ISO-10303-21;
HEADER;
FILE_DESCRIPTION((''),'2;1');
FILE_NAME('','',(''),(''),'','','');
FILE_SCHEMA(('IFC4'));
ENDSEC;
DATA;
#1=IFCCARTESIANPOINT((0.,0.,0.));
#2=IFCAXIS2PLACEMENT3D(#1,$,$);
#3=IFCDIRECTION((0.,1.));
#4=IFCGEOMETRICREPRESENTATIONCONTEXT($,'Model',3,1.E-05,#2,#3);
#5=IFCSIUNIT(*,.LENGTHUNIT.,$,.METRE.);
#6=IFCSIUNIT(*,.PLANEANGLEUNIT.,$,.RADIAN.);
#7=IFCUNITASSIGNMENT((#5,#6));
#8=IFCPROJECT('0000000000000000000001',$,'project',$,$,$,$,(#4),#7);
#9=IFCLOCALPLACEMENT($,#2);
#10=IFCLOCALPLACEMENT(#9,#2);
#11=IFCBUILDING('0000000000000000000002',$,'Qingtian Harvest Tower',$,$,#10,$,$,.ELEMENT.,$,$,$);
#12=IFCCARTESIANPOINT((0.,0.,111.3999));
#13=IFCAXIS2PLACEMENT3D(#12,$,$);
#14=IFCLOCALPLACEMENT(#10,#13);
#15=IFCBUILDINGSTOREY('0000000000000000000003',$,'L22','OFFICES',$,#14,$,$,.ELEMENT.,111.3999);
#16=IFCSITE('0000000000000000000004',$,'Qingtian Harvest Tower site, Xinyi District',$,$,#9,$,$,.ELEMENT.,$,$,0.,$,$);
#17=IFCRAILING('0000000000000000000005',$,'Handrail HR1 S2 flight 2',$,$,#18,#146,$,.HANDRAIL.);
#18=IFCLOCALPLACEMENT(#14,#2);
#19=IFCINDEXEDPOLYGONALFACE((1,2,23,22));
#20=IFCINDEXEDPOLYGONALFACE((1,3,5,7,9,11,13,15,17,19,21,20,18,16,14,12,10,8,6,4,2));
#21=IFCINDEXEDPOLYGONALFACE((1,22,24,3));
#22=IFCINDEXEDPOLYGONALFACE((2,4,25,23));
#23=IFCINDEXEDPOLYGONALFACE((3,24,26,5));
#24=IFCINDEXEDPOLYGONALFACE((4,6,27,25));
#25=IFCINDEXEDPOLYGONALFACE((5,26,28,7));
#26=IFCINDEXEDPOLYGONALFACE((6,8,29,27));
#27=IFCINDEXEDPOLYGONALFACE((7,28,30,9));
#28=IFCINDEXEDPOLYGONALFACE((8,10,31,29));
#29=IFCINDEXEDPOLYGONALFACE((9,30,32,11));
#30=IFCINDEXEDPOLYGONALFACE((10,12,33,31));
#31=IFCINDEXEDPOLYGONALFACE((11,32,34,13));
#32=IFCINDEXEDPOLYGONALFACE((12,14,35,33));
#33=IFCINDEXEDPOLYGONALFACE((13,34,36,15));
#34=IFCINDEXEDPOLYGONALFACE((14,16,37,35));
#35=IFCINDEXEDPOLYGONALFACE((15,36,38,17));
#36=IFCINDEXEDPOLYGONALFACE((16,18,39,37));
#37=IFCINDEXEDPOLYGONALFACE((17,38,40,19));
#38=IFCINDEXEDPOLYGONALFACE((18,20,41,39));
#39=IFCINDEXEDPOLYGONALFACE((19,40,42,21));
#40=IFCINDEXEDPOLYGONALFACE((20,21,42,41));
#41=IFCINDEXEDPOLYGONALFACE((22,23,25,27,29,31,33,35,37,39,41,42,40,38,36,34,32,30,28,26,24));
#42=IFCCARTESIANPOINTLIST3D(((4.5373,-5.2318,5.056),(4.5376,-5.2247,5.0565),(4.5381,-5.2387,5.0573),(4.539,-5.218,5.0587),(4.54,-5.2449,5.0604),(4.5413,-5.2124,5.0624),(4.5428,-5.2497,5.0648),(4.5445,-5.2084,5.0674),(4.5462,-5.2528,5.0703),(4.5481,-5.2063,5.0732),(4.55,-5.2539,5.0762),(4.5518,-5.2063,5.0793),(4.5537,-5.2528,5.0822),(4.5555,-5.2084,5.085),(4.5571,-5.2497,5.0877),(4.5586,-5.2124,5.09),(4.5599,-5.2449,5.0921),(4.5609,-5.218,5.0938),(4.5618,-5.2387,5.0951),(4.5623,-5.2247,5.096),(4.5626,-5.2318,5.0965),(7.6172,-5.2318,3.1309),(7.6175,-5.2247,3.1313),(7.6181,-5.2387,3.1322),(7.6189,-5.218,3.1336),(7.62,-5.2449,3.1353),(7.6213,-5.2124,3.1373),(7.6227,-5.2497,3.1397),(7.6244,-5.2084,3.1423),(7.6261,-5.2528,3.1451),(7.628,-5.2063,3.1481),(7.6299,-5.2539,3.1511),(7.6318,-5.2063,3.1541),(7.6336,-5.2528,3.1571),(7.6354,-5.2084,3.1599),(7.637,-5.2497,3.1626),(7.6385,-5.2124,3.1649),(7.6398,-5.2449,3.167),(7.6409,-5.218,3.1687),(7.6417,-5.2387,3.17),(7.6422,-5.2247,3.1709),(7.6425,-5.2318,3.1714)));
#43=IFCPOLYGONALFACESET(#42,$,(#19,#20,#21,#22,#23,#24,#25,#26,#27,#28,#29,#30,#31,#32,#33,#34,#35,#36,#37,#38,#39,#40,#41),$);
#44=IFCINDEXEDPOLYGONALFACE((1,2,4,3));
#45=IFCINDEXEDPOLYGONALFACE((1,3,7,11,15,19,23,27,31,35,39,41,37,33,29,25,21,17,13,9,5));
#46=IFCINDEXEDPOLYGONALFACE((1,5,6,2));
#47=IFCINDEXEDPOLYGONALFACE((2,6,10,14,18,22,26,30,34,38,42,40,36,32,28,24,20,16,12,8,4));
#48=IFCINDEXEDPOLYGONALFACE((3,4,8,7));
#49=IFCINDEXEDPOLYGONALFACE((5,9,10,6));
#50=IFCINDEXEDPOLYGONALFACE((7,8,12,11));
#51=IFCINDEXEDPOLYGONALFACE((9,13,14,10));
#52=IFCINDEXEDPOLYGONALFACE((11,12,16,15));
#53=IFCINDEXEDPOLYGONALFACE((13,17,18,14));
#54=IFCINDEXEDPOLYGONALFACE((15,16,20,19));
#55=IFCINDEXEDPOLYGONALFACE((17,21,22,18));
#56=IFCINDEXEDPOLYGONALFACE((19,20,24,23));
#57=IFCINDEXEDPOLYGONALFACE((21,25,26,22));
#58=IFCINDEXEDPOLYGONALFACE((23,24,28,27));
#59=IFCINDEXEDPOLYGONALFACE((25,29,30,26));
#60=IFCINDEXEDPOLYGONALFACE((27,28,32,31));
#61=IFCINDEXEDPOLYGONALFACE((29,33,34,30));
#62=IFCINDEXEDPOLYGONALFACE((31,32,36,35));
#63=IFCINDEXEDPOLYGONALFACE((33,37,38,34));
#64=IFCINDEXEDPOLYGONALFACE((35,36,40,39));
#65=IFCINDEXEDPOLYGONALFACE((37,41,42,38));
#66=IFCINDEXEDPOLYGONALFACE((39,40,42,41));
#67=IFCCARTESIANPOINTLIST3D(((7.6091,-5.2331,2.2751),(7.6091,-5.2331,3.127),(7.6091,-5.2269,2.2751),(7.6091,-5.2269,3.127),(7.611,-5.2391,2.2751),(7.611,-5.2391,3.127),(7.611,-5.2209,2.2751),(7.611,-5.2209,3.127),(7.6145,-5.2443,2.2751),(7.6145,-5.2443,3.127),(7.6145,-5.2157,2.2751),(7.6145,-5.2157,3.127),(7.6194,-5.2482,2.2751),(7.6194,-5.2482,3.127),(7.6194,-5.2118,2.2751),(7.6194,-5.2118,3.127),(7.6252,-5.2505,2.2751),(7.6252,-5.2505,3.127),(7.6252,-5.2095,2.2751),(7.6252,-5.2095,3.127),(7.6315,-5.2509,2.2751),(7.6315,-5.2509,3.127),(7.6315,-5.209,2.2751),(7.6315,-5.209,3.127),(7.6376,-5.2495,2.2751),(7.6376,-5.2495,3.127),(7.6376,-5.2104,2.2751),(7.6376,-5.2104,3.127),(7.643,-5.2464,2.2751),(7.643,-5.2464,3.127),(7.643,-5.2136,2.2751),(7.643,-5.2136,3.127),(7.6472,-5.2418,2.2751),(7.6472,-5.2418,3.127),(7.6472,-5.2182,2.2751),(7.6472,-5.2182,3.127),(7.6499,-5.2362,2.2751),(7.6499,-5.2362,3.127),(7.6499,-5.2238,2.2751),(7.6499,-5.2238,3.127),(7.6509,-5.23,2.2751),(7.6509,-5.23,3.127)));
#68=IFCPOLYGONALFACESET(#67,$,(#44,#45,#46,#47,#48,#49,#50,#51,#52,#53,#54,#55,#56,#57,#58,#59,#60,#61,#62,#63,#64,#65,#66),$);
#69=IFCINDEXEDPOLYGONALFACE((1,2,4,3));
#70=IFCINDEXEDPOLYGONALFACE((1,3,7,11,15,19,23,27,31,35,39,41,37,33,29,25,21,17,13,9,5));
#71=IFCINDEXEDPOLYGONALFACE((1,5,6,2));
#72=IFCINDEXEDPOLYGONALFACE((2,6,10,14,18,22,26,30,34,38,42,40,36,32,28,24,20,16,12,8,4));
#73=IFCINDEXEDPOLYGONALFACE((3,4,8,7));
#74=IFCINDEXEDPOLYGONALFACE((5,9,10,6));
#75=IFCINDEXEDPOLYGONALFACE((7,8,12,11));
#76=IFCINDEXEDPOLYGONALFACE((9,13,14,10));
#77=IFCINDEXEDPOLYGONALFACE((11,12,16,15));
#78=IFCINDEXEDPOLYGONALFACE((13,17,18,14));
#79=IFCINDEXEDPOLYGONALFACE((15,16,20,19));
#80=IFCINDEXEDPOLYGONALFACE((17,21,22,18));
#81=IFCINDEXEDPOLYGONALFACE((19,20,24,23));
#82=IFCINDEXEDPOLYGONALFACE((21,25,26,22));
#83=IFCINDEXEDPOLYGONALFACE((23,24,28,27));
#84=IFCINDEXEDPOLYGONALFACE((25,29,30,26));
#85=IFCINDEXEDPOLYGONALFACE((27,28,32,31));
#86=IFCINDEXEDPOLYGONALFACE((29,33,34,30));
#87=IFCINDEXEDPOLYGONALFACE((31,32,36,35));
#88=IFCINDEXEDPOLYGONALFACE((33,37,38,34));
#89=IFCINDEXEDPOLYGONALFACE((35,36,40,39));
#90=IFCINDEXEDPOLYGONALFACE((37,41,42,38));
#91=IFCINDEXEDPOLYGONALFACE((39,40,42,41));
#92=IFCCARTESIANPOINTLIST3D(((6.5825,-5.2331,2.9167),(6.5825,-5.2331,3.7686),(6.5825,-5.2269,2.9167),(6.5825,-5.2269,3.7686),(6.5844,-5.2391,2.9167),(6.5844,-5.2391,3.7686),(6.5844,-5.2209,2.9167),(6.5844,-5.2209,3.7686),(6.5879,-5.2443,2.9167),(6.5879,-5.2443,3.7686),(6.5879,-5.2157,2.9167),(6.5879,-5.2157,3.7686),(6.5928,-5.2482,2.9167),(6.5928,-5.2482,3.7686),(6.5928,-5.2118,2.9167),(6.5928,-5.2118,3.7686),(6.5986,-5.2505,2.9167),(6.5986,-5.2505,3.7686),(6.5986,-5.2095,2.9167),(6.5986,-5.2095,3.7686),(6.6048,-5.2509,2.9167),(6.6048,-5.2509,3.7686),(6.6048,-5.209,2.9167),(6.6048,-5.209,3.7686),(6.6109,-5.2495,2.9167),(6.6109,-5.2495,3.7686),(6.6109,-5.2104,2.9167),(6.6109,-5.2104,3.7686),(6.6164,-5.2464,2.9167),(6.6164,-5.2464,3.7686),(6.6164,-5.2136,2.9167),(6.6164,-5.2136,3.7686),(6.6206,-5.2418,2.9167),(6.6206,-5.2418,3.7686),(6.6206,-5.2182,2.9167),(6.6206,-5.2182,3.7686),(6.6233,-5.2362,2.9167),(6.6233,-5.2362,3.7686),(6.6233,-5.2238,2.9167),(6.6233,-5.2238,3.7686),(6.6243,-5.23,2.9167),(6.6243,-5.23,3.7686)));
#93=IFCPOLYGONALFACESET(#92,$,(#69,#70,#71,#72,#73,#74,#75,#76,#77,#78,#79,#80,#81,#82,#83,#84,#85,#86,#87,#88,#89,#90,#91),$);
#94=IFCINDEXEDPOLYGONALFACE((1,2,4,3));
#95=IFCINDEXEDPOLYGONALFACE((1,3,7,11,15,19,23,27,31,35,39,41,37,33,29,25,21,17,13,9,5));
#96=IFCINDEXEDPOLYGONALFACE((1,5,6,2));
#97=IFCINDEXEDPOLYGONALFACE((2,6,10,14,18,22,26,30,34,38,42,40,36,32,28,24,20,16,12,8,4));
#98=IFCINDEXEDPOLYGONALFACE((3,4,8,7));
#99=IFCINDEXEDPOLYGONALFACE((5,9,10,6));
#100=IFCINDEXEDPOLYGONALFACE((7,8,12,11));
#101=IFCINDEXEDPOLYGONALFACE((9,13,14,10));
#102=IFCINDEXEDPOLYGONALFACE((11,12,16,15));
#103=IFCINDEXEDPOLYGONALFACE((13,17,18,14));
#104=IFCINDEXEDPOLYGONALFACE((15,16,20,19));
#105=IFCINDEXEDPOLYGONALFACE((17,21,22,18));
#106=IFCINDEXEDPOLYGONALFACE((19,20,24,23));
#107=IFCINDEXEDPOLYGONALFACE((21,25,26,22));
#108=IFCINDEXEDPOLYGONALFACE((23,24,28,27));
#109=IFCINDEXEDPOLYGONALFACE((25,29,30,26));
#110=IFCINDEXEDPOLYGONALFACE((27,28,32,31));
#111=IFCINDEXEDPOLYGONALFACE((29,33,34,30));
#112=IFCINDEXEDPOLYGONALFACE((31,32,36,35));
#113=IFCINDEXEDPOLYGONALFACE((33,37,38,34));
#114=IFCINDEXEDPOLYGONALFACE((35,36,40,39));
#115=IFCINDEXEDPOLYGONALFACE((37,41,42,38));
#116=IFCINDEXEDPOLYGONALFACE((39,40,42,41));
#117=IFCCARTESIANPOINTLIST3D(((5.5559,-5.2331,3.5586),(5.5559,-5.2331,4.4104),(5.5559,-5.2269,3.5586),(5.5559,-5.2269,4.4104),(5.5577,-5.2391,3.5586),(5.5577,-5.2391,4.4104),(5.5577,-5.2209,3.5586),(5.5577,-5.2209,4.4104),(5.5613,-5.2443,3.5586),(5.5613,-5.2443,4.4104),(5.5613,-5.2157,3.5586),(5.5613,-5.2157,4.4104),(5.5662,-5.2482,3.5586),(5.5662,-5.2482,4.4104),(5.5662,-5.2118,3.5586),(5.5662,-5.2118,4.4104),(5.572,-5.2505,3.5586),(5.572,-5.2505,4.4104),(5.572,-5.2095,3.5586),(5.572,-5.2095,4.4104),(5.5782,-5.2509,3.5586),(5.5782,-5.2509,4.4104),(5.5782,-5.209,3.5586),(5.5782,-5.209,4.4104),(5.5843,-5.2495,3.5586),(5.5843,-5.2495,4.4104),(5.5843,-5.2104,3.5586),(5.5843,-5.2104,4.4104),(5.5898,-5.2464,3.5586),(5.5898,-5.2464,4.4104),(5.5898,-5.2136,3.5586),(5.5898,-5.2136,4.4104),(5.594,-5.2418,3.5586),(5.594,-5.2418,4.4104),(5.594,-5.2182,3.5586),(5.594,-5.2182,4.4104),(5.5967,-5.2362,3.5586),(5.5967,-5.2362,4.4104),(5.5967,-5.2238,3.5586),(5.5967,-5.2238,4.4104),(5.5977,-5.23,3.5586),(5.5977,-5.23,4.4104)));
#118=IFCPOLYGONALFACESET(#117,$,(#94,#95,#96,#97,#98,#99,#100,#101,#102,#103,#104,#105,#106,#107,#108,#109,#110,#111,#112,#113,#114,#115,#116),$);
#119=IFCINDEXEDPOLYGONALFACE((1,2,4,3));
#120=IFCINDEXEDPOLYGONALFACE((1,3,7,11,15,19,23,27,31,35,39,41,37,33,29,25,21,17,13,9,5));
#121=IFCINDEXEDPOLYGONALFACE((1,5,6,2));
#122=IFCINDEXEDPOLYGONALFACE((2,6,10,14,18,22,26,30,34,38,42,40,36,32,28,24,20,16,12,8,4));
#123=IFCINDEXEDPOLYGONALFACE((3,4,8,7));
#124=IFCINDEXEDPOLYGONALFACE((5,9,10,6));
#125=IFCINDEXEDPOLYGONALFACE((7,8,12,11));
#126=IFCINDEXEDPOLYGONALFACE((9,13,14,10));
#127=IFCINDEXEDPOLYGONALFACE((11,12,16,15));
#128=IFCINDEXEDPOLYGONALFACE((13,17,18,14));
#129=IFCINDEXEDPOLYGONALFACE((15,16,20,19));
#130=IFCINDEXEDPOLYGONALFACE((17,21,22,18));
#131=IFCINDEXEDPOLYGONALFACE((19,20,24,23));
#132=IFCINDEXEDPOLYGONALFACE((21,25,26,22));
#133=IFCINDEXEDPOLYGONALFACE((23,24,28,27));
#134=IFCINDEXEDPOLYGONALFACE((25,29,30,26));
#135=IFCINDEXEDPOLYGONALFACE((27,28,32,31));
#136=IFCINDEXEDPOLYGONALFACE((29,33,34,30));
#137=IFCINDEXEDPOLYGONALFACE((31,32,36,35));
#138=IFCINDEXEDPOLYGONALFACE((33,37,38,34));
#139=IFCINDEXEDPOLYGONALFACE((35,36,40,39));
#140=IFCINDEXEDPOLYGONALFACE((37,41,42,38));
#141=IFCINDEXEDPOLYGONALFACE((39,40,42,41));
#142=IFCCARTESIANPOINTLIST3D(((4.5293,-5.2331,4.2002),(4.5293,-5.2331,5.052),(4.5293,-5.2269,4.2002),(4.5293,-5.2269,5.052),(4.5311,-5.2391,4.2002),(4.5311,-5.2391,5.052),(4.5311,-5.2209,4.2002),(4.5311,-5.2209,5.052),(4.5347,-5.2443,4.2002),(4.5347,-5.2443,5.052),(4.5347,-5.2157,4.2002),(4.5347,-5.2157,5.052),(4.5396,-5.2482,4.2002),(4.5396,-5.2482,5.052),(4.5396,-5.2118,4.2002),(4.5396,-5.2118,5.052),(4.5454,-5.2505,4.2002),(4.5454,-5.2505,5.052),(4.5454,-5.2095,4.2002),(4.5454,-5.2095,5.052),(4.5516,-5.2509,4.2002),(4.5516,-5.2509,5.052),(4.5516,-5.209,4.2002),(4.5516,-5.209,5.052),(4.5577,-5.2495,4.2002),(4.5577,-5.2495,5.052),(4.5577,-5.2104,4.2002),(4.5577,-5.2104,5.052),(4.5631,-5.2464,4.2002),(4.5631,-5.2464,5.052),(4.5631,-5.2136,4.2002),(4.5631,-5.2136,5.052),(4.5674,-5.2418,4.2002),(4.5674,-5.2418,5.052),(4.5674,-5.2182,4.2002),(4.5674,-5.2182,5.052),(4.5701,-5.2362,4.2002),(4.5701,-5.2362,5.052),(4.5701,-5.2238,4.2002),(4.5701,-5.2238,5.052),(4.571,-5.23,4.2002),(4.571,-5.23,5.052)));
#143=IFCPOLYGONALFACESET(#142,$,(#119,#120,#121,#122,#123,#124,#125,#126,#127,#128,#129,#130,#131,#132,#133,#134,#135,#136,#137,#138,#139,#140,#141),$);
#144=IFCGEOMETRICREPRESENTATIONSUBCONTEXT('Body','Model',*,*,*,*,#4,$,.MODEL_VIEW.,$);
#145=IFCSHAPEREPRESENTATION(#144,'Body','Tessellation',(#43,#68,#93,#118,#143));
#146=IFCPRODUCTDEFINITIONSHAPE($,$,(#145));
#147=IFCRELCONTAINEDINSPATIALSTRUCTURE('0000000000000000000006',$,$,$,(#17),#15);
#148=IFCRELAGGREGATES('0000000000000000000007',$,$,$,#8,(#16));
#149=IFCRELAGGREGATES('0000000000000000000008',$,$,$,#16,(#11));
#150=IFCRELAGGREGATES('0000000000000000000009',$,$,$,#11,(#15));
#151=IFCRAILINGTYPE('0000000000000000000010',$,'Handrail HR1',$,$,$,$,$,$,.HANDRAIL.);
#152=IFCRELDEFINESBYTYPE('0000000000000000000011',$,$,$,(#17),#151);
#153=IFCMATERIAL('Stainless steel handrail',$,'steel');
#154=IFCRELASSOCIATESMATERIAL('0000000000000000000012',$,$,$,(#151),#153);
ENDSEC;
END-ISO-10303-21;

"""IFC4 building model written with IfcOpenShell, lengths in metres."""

from ifc_helpers import new_model, si_unit, direction, frame, origin, origin_2d, place, context, subcontext, project, spatial, circle, extrude, material, type_object, element, save


model = new_model("IFC4")

# Units and contexts
model_context = context("Model", 3, precision=1e-05, world=origin(), true_north=direction((0.0, 1.0)))
body_context = subcontext(model_context, "Body", "Model", "MODEL_VIEW")
ifc_project = project(units=[si_unit("LENGTHUNIT", "METRE"), si_unit("PLANEANGLEUNIT", "RADIAN")], contexts=[model_context])

# Site, building, storey
site_placement = place(None, origin())
site = spatial("IfcSite", under=ifc_project, at=site_placement, Name="Qingtian Harvest Tower site, Xinyi District", CompositionType="ELEMENT", RefElevation=0.0)
building_placement = place(site_placement, origin())
building = spatial("IfcBuilding", under=site, at=building_placement, Name="Qingtian Harvest Tower", CompositionType="ELEMENT")
storey_placement = place(building_placement, frame((0.0, 0.0, 111.3999)))
storey = spatial("IfcBuildingStorey", under=building, at=storey_placement, Name="L22", Description="OFFICES", CompositionType="ELEMENT", Elevation=111.3999)

# Railing
ifc_material_1 = material(Name="Stainless steel handrail", Category="steel")
railing_type = type_object("IfcRailingType", Name="Handrail HR1", PredefinedType="HANDRAIL", material=ifc_material_1)
railing_1_placement = place(storey_placement, frame((7.6299, -5.23, 2.2751)))
element("IfcRailing", 1, at=railing_1_placement, inside=storey, type_object=railing_type, Name="Handrail HR1 S2 flight 2", PredefinedType="HANDRAIL", context=body_context, shape_type="SweptSolid", body=[
    extrude(circle(Radius=0.0239, at=origin_2d()), frame((0.0, 0.0, 0.876), z_axis=(-0.847979, 0.0, 0.530029), x_axis=(0.0, -1.0, 0.0)), (0.0, 0.0, 1.0), 3.6321),
    extrude(circle(Radius=0.021, at=origin_2d()), origin(), (0.0, 0.0, 1.0), 0.8518),
    extrude(circle(Radius=0.021, at=origin_2d()), frame((-1.0266, 0.0, 0.6416)), (0.0, 0.0, 1.0), 0.8518),
    extrude(circle(Radius=0.021, at=origin_2d()), frame((-2.0532, 0.0, 1.2834)), (0.0, 0.0, 1.0), 0.8518),
    extrude(circle(Radius=0.021, at=origin_2d()), frame((-3.0798, 0.0, 1.925)), (0.0, 0.0, 1.0), 0.8518),
])

save(model, "model.ifc")
